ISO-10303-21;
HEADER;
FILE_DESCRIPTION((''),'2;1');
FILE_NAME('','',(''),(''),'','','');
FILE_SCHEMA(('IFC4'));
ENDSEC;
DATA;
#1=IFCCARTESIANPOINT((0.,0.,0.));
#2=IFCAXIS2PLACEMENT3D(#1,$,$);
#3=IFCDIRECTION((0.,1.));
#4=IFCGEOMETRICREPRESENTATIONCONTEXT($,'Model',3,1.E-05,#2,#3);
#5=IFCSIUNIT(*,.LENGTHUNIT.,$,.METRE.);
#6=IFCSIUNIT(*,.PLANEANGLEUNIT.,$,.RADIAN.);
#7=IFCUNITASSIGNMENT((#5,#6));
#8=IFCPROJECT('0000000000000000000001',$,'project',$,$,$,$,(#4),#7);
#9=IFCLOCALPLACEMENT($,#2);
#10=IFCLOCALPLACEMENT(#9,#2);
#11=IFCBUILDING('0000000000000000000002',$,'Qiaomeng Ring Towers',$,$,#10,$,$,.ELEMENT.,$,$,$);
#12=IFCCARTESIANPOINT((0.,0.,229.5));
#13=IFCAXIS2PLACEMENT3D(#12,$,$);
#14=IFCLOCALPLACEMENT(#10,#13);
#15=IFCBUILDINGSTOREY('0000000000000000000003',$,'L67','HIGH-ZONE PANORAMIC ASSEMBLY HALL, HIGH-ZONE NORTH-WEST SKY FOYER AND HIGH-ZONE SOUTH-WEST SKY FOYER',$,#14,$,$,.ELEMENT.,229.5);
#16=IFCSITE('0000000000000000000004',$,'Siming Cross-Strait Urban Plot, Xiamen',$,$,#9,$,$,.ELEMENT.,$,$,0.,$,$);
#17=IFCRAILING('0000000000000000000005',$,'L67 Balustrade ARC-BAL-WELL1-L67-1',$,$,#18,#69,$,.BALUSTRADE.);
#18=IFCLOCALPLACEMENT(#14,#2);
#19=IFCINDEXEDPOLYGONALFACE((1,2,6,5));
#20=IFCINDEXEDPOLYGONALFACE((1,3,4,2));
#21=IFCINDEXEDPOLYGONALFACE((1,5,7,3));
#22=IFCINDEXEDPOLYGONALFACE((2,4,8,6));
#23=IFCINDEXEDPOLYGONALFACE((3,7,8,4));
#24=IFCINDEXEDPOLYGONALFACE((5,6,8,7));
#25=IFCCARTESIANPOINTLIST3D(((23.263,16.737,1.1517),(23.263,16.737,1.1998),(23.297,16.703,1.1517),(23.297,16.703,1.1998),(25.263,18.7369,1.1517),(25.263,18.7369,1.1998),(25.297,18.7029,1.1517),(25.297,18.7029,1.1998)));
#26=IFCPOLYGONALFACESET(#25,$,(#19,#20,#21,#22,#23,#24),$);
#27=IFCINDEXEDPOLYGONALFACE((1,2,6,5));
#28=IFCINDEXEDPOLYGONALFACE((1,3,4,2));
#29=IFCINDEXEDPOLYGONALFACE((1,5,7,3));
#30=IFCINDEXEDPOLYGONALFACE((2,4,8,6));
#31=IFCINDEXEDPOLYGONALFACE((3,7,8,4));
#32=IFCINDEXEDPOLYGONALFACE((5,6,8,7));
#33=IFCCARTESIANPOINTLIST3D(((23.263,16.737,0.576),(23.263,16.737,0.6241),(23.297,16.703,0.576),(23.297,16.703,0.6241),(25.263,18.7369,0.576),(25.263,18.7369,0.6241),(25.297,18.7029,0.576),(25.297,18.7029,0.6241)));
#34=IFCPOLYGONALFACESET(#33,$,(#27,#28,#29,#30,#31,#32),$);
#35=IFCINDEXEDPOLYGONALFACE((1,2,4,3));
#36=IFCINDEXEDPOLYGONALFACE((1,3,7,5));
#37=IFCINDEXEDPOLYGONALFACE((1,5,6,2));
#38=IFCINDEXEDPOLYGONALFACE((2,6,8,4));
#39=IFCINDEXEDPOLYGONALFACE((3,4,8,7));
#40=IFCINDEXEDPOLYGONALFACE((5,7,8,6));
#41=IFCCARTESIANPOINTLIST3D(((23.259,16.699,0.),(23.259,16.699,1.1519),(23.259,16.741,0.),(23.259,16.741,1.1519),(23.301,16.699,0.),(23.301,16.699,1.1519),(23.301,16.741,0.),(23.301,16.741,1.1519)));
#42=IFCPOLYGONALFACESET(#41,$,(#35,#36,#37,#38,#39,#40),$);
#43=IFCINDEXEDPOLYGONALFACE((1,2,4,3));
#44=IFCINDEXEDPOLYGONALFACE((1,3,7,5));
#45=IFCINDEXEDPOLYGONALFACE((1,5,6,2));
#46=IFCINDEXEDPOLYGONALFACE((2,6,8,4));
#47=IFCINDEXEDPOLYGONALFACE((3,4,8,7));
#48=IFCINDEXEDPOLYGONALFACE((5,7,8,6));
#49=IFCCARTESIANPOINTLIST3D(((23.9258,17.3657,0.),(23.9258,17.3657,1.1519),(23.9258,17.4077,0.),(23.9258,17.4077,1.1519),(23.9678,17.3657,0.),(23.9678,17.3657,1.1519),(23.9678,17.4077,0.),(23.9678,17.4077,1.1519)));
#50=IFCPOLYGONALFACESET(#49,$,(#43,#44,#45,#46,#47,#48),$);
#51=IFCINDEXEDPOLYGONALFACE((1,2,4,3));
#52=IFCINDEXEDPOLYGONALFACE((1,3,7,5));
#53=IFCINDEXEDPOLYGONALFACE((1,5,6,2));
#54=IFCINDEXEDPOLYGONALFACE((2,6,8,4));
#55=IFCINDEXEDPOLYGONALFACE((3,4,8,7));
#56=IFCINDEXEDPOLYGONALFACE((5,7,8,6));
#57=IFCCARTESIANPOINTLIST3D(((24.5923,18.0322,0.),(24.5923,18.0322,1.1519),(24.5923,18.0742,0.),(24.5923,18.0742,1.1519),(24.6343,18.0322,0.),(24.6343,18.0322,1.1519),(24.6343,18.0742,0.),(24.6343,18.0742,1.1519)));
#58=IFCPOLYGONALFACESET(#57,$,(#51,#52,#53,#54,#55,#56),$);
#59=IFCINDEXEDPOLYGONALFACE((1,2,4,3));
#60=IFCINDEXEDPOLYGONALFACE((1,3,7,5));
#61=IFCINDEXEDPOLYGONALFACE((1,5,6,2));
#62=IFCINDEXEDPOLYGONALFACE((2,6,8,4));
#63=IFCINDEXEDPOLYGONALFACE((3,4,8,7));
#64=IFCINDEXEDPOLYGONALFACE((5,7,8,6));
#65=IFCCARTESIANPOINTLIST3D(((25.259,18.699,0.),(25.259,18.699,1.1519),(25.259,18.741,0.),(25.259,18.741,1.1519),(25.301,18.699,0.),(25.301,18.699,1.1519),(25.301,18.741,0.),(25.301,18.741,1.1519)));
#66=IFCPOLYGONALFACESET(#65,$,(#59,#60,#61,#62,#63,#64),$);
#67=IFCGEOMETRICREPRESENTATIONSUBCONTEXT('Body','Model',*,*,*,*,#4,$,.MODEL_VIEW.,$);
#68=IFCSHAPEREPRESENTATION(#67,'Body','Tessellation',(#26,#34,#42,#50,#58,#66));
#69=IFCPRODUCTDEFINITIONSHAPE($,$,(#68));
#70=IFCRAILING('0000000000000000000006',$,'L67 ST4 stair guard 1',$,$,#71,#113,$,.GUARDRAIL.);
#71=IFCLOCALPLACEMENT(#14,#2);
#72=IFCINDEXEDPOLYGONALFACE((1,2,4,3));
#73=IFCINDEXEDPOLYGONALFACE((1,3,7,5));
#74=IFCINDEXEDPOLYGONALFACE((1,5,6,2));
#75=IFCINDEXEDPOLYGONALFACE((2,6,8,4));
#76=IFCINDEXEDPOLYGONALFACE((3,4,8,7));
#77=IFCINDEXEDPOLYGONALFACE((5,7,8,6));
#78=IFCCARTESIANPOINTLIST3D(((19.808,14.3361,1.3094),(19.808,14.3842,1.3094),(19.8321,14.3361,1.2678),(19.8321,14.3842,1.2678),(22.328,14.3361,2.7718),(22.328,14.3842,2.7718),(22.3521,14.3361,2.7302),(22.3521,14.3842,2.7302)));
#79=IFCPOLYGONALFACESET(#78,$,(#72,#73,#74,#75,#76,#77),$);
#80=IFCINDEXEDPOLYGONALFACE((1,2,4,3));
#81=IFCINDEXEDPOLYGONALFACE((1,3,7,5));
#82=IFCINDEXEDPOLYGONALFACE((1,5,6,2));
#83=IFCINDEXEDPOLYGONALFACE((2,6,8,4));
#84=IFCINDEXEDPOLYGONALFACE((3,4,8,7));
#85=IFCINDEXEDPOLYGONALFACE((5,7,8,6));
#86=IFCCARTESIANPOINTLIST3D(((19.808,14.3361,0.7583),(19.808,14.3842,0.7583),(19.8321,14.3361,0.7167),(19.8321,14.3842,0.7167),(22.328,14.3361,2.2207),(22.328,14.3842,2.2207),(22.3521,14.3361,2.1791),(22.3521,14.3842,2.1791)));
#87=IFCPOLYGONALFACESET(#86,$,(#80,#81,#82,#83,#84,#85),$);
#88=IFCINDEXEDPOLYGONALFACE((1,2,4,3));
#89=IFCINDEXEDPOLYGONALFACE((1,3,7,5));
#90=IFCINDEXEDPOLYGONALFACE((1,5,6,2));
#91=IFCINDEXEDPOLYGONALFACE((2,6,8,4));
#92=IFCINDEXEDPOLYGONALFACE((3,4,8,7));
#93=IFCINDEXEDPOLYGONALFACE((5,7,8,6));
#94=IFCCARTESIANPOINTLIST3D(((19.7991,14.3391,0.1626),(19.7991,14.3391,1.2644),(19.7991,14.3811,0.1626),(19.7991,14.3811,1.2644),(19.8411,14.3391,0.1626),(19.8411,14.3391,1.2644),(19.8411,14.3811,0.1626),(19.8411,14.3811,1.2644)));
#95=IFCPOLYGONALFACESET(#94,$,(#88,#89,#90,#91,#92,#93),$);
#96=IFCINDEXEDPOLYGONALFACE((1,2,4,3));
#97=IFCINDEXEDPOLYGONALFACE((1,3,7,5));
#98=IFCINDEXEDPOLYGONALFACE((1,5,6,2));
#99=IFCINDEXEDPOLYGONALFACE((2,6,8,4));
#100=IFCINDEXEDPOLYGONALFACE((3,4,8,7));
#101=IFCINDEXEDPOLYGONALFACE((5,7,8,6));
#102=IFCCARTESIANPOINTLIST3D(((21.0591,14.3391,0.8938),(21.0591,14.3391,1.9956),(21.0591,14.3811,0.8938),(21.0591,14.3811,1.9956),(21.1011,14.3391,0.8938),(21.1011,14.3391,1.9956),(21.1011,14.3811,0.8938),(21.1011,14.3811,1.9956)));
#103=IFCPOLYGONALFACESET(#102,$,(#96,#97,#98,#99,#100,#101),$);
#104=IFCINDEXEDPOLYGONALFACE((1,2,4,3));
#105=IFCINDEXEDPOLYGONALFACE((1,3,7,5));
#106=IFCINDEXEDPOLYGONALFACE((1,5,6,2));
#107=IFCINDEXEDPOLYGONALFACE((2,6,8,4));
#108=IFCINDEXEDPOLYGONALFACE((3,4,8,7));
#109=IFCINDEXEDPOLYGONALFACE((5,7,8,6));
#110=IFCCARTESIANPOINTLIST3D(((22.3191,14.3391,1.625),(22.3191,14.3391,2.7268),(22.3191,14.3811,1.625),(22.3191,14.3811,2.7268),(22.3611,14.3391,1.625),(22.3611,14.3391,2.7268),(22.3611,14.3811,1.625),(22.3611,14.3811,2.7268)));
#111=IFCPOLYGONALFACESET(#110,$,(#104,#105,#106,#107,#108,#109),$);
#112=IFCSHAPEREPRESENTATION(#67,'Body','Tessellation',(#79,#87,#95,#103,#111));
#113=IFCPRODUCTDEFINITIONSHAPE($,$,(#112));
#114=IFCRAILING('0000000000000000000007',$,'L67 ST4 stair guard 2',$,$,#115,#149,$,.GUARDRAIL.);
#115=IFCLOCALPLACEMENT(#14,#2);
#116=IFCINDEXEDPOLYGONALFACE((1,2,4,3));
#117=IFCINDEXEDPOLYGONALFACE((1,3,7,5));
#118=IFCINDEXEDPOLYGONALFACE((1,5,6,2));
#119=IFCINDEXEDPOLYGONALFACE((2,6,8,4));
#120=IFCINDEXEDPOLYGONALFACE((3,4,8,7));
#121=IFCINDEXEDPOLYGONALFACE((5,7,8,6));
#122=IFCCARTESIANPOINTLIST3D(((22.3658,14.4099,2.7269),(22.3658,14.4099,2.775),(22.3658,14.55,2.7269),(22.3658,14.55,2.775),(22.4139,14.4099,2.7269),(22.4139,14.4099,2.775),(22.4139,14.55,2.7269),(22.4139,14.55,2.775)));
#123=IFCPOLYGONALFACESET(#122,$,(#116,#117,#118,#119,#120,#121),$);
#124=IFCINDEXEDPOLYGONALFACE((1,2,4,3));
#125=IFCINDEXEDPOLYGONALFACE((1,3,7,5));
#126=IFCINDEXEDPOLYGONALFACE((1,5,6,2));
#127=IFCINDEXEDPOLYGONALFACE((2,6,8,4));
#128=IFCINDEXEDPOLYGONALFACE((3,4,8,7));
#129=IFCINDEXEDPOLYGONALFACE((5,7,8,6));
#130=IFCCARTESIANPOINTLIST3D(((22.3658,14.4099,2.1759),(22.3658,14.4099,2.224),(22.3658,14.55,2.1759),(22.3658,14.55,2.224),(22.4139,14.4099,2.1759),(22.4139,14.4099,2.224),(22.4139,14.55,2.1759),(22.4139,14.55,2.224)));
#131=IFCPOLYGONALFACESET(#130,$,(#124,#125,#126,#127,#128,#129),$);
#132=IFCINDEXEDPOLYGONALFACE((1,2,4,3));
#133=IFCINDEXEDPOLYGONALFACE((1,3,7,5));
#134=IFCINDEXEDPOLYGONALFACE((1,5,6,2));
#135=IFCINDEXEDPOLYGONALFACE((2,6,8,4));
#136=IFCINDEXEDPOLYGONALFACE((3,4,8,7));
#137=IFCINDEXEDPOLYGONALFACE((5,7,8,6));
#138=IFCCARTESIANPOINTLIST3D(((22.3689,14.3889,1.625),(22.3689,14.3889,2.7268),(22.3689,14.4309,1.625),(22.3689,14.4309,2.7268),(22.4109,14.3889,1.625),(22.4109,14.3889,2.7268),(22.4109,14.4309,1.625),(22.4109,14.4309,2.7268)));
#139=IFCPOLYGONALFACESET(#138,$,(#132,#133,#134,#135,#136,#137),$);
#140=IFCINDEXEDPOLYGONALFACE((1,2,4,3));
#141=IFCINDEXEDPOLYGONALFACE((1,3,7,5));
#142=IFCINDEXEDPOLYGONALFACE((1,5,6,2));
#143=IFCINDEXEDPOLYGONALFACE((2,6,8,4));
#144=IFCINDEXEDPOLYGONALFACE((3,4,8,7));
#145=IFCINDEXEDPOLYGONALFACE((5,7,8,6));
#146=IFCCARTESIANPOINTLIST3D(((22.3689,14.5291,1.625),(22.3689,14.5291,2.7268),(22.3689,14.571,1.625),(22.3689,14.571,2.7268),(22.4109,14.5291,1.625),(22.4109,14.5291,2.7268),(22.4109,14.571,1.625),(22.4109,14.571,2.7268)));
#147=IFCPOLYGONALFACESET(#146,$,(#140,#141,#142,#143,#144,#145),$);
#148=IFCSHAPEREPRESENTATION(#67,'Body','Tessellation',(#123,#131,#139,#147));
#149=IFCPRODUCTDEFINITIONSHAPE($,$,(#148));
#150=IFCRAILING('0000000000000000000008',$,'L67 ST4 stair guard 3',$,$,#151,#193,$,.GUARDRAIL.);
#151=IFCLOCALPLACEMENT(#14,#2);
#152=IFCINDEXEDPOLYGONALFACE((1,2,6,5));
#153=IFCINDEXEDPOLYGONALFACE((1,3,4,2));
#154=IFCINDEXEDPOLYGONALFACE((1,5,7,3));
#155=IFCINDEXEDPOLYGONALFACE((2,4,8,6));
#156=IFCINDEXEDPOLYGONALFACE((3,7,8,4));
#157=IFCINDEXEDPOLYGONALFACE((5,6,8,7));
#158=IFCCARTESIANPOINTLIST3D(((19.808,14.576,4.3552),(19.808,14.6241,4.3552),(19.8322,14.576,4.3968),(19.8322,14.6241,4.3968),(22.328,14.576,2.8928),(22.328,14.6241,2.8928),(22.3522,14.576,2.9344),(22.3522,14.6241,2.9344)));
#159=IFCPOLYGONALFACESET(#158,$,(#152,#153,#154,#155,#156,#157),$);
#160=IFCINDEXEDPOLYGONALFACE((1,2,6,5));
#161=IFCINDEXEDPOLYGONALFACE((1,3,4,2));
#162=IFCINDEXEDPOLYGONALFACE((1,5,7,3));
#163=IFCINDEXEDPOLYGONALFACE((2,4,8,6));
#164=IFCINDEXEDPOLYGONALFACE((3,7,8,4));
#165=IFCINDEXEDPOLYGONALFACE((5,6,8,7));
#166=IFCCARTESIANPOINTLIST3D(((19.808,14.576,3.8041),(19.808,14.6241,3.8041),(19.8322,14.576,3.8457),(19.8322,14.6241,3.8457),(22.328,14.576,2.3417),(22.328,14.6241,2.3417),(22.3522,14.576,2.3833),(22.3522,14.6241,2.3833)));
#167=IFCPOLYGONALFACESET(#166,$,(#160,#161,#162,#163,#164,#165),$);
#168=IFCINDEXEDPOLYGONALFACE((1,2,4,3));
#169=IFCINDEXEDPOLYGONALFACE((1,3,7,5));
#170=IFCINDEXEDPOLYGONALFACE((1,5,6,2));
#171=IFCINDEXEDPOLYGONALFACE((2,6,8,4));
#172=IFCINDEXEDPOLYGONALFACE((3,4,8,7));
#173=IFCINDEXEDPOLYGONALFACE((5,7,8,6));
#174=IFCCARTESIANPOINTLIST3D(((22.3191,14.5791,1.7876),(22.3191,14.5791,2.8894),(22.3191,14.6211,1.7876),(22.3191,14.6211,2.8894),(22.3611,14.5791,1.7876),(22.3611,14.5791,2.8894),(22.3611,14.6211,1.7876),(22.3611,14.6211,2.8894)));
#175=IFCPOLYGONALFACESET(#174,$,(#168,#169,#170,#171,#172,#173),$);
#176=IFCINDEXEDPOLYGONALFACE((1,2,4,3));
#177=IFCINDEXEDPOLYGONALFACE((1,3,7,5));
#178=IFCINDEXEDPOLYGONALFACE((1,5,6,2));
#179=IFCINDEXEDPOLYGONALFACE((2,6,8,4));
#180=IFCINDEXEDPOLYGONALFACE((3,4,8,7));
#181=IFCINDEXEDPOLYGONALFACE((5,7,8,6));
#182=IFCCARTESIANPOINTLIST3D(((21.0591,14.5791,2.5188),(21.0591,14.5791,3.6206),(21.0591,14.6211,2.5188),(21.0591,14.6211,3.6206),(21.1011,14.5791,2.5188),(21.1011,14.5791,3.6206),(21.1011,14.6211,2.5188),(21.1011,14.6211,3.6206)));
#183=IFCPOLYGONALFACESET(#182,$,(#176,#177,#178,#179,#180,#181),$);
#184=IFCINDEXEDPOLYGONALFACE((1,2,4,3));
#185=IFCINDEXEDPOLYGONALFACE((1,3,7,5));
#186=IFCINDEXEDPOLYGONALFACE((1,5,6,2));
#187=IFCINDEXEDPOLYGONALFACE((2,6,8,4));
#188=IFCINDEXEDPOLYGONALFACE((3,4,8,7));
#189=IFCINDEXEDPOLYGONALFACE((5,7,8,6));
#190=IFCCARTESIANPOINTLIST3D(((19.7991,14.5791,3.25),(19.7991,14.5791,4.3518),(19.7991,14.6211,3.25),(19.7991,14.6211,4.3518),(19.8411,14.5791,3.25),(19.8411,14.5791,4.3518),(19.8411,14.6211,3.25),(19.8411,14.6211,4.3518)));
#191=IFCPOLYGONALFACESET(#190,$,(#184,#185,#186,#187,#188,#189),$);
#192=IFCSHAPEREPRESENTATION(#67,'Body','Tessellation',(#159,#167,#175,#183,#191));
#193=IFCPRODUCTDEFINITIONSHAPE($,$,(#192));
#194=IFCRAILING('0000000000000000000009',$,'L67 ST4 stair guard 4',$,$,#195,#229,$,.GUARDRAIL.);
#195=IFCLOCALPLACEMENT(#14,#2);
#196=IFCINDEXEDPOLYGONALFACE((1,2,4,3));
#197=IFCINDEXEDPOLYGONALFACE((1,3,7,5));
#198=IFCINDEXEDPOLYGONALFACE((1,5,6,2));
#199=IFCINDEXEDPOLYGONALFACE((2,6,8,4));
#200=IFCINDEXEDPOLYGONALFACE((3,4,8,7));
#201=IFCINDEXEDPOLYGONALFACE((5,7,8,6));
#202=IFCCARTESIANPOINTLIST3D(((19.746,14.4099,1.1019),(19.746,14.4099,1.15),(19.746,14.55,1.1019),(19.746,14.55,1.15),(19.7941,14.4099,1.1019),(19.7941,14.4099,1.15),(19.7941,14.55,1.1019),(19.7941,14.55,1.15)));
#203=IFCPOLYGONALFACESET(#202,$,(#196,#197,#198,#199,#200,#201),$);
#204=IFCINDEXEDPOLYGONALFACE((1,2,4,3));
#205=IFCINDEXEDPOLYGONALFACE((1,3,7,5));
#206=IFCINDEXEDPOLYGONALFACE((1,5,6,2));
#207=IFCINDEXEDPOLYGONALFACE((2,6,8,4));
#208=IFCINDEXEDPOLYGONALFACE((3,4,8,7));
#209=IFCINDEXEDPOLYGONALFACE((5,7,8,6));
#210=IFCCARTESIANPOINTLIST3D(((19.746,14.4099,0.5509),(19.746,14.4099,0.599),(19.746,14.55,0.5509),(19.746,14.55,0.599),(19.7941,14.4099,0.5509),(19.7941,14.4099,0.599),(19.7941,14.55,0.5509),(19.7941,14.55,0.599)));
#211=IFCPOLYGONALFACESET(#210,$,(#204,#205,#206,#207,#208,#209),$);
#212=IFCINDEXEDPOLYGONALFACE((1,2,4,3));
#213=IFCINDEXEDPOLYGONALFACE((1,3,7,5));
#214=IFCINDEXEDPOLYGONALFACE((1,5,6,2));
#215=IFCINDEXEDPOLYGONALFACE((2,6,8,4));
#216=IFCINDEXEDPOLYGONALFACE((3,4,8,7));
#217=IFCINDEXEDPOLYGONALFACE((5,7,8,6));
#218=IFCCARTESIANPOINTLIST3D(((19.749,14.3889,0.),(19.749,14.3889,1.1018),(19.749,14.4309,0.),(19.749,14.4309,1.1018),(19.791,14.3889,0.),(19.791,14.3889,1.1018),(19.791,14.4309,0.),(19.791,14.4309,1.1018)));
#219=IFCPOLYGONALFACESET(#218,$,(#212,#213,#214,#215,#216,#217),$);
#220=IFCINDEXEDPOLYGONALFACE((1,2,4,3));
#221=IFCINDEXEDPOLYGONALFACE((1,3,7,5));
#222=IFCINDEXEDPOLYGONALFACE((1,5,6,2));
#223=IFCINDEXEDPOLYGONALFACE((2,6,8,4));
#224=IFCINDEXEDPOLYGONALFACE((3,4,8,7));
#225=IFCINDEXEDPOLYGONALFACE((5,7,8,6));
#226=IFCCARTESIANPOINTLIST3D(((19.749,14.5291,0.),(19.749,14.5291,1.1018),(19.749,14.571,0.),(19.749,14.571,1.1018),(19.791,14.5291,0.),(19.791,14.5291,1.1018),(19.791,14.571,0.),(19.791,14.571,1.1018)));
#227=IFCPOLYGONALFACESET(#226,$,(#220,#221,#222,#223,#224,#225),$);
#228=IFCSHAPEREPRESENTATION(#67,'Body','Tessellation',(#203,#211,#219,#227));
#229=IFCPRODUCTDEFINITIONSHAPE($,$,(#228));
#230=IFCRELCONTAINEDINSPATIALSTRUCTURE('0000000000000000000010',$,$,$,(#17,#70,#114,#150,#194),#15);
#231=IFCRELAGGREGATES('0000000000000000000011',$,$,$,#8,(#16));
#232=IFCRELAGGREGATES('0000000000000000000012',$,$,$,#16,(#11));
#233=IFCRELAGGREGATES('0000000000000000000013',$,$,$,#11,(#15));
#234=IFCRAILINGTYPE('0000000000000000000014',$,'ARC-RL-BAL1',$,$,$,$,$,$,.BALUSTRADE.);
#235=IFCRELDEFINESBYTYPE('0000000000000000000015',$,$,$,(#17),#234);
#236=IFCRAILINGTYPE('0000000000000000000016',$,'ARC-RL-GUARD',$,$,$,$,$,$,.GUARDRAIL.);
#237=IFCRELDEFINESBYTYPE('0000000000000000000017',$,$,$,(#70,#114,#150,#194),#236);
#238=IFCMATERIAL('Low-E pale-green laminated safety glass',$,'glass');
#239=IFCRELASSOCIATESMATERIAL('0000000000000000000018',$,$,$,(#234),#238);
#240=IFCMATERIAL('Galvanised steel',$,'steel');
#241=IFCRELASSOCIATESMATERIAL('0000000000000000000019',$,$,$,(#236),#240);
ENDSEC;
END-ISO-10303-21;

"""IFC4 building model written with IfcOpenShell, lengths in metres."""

from ifc_helpers import new_model, si_unit, direction, frame, origin, origin_2d, place, context, subcontext, project, spatial, rectangle, extrude, material, type_object, element, save


model = new_model("IFC4")

# Units and contexts
model_context = context("Model", 3, precision=1e-05, world=origin(), true_north=direction((0.0, 1.0)))
body_context = subcontext(model_context, "Body", "Model", "MODEL_VIEW")
ifc_project = project(units=[si_unit("LENGTHUNIT", "METRE"), si_unit("PLANEANGLEUNIT", "RADIAN")], contexts=[model_context])

# Site, building, storey
site_placement = place(None, origin())
site = spatial("IfcSite", under=ifc_project, at=site_placement, Name="Siming Cross-Strait Urban Plot, Xiamen", CompositionType="ELEMENT", RefElevation=0.0)
building_placement = place(site_placement, origin())
building = spatial("IfcBuilding", under=site, at=building_placement, Name="Qiaomeng Ring Towers", CompositionType="ELEMENT")
storey_placement = place(building_placement, frame((0.0, 0.0, 229.5)))
storey = spatial("IfcBuildingStorey", under=building, at=storey_placement, Name="L67", Description="HIGH-ZONE PANORAMIC ASSEMBLY HALL, HIGH-ZONE NORTH-WEST SKY FOYER AND HIGH-ZONE SOUTH-WEST SKY FOYER", CompositionType="ELEMENT", Elevation=229.5)

# Shared definitions
ifc_material_1 = material(Name="Galvanised steel", Category="steel")

# Railings
ifc_material_2 = material(Name="Low-E pale-green laminated safety glass", Category="glass")
railing_type_1 = type_object("IfcRailingType", Name="ARC-RL-BAL1", PredefinedType="BALUSTRADE", material=ifc_material_2)
railing_1_placement = place(storey_placement, frame((23.28, 16.72, 0.0)))
element("IfcRailing", 1, at=railing_1_placement, inside=storey, type_object=railing_type_1, Name="L67 Balustrade ARC-BAL-WELL1-L67-1", PredefinedType="BALUSTRADE", context=body_context, shape_type="SweptSolid", body=[
    extrude(rectangle(XDim=0.0481, YDim=0.0481, at=origin_2d()), frame((0.0, 0.0, 1.1758), z_axis=(0.707107, 0.707107, 0.0), x_axis=(-0.707107, 0.707107, 0.0)), (0.0, 0.0, 1.0), 2.8284),
    extrude(rectangle(XDim=0.0481, YDim=0.0481, at=origin_2d()), frame((0.0, 0.0, 0.6001), z_axis=(0.707107, 0.707107, 0.0), x_axis=(-0.707107, 0.707107, 0.0)), (0.0, 0.0, 1.0), 2.8284),
    extrude(rectangle(XDim=0.042, YDim=0.042, at=origin_2d()), origin(), (0.0, 0.0, 1.0), 1.1519),
    extrude(rectangle(XDim=0.042, YDim=0.042, at=origin_2d()), frame((0.6667, 0.6667, 0.0)), (0.0, 0.0, 1.0), 1.1519),
    extrude(rectangle(XDim=0.042, YDim=0.042, at=origin_2d()), frame((1.3333, 1.3333, 0.0)), (0.0, 0.0, 1.0), 1.1519),
    extrude(rectangle(XDim=0.042, YDim=0.042, at=origin_2d()), frame((2.0, 2.0, 0.0)), (0.0, 0.0, 1.0), 1.1519),
])
railing_type_2 = type_object("IfcRailingType", Name="ARC-RL-GUARD", PredefinedType="GUARDRAIL", material=ifc_material_1)
railing_2_placement = place(storey_placement, frame((19.8201, 14.3601, 0.1626)))
element("IfcRailing", 2, at=railing_2_placement, inside=storey, type_object=railing_type_2, Name="L67 ST4 stair guard 1", PredefinedType="GUARDRAIL", context=body_context, shape_type="SweptSolid", body=[
    extrude(rectangle(XDim=0.0481, YDim=0.0481, at=origin_2d()), frame((0.0, 0.0, 1.126), z_axis=(0.864913, 0.0, 0.501921), x_axis=(0.0, 1.0, 0.0)), (0.0, 0.0, 1.0), 2.9136),
    extrude(rectangle(XDim=0.0481, YDim=0.0481, at=origin_2d()), frame((0.0, 0.0, 0.575), z_axis=(0.864913, 0.0, 0.501921), x_axis=(0.0, 1.0, 0.0)), (0.0, 0.0, 1.0), 2.9136),
    extrude(rectangle(XDim=0.042, YDim=0.042, at=origin_2d()), origin(), (0.0, 0.0, 1.0), 1.1018),
    extrude(rectangle(XDim=0.042, YDim=0.042, at=origin_2d()), frame((1.26, 0.0, 0.7312)), (0.0, 0.0, 1.0), 1.1018),
    extrude(rectangle(XDim=0.042, YDim=0.042, at=origin_2d()), frame((2.52, 0.0, 1.4624)), (0.0, 0.0, 1.0), 1.1018),
])
railing_3_placement = place(storey_placement, frame((22.3899, 14.4099, 1.625)))
element("IfcRailing", 3, at=railing_3_placement, inside=storey, type_object=railing_type_2, Name="L67 ST4 stair guard 2", PredefinedType="GUARDRAIL", context=body_context, shape_type="SweptSolid", body=[
    extrude(rectangle(XDim=0.0481, YDim=0.0481, at=origin_2d()), frame((0.0, 0.0, 1.126), z_axis=(0.0, 1.0, 0.0), x_axis=(-1.0, 0.0, 0.0)), (0.0, 0.0, 1.0), 0.1401),
    extrude(rectangle(XDim=0.0481, YDim=0.0481, at=origin_2d()), frame((0.0, 0.0, 0.575), z_axis=(0.0, 1.0, 0.0), x_axis=(-1.0, 0.0, 0.0)), (0.0, 0.0, 1.0), 0.1401),
    extrude(rectangle(XDim=0.042, YDim=0.042, at=origin_2d()), origin(), (0.0, 0.0, 1.0), 1.1018),
    extrude(rectangle(XDim=0.042, YDim=0.042, at=origin_2d()), frame((0.0, 0.1401, 0.0)), (0.0, 0.0, 1.0), 1.1018),
])
railing_4_placement = place(storey_placement, frame((22.3401, 14.6001, 1.7876)))
element("IfcRailing", 4, at=railing_4_placement, inside=storey, type_object=railing_type_2, Name="L67 ST4 stair guard 3", PredefinedType="GUARDRAIL", context=body_context, shape_type="SweptSolid", body=[
    extrude(rectangle(XDim=0.0481, YDim=0.0481, at=origin_2d()), frame((0.0, 0.0, 1.126), z_axis=(-0.864913, 0.0, 0.501921), x_axis=(0.0, -1.0, 0.0)), (0.0, 0.0, 1.0), 2.9136),
    extrude(rectangle(XDim=0.0481, YDim=0.0481, at=origin_2d()), frame((0.0, 0.0, 0.575), z_axis=(-0.864913, 0.0, 0.501921), x_axis=(0.0, -1.0, 0.0)), (0.0, 0.0, 1.0), 2.9136),
    extrude(rectangle(XDim=0.042, YDim=0.042, at=origin_2d()), origin(), (0.0, 0.0, 1.0), 1.1018),
    extrude(rectangle(XDim=0.042, YDim=0.042, at=origin_2d()), frame((-1.26, 0.0, 0.7312)), (0.0, 0.0, 1.0), 1.1018),
    extrude(rectangle(XDim=0.042, YDim=0.042, at=origin_2d()), frame((-2.52, 0.0, 1.4624)), (0.0, 0.0, 1.0), 1.1018),
])
railing_5_placement = place(storey_placement, frame((19.77, 14.4099, 0.0)))
element("IfcRailing", 5, at=railing_5_placement, inside=storey, type_object=railing_type_2, Name="L67 ST4 stair guard 4", PredefinedType="GUARDRAIL", context=body_context, shape_type="SweptSolid", body=[
    extrude(rectangle(XDim=0.0481, YDim=0.0481, at=origin_2d()), frame((0.0, 0.0, 1.126), z_axis=(0.0, 1.0, 0.0), x_axis=(-1.0, 0.0, 0.0)), (0.0, 0.0, 1.0), 0.1401),
    extrude(rectangle(XDim=0.0481, YDim=0.0481, at=origin_2d()), frame((0.0, 0.0, 0.575), z_axis=(0.0, 1.0, 0.0), x_axis=(-1.0, 0.0, 0.0)), (0.0, 0.0, 1.0), 0.1401),
    extrude(rectangle(XDim=0.042, YDim=0.042, at=origin_2d()), origin(), (0.0, 0.0, 1.0), 1.1018),
    extrude(rectangle(XDim=0.042, YDim=0.042, at=origin_2d()), frame((0.0, 0.1401, 0.0)), (0.0, 0.0, 1.0), 1.1018),
])

save(model, "model.ifc")
